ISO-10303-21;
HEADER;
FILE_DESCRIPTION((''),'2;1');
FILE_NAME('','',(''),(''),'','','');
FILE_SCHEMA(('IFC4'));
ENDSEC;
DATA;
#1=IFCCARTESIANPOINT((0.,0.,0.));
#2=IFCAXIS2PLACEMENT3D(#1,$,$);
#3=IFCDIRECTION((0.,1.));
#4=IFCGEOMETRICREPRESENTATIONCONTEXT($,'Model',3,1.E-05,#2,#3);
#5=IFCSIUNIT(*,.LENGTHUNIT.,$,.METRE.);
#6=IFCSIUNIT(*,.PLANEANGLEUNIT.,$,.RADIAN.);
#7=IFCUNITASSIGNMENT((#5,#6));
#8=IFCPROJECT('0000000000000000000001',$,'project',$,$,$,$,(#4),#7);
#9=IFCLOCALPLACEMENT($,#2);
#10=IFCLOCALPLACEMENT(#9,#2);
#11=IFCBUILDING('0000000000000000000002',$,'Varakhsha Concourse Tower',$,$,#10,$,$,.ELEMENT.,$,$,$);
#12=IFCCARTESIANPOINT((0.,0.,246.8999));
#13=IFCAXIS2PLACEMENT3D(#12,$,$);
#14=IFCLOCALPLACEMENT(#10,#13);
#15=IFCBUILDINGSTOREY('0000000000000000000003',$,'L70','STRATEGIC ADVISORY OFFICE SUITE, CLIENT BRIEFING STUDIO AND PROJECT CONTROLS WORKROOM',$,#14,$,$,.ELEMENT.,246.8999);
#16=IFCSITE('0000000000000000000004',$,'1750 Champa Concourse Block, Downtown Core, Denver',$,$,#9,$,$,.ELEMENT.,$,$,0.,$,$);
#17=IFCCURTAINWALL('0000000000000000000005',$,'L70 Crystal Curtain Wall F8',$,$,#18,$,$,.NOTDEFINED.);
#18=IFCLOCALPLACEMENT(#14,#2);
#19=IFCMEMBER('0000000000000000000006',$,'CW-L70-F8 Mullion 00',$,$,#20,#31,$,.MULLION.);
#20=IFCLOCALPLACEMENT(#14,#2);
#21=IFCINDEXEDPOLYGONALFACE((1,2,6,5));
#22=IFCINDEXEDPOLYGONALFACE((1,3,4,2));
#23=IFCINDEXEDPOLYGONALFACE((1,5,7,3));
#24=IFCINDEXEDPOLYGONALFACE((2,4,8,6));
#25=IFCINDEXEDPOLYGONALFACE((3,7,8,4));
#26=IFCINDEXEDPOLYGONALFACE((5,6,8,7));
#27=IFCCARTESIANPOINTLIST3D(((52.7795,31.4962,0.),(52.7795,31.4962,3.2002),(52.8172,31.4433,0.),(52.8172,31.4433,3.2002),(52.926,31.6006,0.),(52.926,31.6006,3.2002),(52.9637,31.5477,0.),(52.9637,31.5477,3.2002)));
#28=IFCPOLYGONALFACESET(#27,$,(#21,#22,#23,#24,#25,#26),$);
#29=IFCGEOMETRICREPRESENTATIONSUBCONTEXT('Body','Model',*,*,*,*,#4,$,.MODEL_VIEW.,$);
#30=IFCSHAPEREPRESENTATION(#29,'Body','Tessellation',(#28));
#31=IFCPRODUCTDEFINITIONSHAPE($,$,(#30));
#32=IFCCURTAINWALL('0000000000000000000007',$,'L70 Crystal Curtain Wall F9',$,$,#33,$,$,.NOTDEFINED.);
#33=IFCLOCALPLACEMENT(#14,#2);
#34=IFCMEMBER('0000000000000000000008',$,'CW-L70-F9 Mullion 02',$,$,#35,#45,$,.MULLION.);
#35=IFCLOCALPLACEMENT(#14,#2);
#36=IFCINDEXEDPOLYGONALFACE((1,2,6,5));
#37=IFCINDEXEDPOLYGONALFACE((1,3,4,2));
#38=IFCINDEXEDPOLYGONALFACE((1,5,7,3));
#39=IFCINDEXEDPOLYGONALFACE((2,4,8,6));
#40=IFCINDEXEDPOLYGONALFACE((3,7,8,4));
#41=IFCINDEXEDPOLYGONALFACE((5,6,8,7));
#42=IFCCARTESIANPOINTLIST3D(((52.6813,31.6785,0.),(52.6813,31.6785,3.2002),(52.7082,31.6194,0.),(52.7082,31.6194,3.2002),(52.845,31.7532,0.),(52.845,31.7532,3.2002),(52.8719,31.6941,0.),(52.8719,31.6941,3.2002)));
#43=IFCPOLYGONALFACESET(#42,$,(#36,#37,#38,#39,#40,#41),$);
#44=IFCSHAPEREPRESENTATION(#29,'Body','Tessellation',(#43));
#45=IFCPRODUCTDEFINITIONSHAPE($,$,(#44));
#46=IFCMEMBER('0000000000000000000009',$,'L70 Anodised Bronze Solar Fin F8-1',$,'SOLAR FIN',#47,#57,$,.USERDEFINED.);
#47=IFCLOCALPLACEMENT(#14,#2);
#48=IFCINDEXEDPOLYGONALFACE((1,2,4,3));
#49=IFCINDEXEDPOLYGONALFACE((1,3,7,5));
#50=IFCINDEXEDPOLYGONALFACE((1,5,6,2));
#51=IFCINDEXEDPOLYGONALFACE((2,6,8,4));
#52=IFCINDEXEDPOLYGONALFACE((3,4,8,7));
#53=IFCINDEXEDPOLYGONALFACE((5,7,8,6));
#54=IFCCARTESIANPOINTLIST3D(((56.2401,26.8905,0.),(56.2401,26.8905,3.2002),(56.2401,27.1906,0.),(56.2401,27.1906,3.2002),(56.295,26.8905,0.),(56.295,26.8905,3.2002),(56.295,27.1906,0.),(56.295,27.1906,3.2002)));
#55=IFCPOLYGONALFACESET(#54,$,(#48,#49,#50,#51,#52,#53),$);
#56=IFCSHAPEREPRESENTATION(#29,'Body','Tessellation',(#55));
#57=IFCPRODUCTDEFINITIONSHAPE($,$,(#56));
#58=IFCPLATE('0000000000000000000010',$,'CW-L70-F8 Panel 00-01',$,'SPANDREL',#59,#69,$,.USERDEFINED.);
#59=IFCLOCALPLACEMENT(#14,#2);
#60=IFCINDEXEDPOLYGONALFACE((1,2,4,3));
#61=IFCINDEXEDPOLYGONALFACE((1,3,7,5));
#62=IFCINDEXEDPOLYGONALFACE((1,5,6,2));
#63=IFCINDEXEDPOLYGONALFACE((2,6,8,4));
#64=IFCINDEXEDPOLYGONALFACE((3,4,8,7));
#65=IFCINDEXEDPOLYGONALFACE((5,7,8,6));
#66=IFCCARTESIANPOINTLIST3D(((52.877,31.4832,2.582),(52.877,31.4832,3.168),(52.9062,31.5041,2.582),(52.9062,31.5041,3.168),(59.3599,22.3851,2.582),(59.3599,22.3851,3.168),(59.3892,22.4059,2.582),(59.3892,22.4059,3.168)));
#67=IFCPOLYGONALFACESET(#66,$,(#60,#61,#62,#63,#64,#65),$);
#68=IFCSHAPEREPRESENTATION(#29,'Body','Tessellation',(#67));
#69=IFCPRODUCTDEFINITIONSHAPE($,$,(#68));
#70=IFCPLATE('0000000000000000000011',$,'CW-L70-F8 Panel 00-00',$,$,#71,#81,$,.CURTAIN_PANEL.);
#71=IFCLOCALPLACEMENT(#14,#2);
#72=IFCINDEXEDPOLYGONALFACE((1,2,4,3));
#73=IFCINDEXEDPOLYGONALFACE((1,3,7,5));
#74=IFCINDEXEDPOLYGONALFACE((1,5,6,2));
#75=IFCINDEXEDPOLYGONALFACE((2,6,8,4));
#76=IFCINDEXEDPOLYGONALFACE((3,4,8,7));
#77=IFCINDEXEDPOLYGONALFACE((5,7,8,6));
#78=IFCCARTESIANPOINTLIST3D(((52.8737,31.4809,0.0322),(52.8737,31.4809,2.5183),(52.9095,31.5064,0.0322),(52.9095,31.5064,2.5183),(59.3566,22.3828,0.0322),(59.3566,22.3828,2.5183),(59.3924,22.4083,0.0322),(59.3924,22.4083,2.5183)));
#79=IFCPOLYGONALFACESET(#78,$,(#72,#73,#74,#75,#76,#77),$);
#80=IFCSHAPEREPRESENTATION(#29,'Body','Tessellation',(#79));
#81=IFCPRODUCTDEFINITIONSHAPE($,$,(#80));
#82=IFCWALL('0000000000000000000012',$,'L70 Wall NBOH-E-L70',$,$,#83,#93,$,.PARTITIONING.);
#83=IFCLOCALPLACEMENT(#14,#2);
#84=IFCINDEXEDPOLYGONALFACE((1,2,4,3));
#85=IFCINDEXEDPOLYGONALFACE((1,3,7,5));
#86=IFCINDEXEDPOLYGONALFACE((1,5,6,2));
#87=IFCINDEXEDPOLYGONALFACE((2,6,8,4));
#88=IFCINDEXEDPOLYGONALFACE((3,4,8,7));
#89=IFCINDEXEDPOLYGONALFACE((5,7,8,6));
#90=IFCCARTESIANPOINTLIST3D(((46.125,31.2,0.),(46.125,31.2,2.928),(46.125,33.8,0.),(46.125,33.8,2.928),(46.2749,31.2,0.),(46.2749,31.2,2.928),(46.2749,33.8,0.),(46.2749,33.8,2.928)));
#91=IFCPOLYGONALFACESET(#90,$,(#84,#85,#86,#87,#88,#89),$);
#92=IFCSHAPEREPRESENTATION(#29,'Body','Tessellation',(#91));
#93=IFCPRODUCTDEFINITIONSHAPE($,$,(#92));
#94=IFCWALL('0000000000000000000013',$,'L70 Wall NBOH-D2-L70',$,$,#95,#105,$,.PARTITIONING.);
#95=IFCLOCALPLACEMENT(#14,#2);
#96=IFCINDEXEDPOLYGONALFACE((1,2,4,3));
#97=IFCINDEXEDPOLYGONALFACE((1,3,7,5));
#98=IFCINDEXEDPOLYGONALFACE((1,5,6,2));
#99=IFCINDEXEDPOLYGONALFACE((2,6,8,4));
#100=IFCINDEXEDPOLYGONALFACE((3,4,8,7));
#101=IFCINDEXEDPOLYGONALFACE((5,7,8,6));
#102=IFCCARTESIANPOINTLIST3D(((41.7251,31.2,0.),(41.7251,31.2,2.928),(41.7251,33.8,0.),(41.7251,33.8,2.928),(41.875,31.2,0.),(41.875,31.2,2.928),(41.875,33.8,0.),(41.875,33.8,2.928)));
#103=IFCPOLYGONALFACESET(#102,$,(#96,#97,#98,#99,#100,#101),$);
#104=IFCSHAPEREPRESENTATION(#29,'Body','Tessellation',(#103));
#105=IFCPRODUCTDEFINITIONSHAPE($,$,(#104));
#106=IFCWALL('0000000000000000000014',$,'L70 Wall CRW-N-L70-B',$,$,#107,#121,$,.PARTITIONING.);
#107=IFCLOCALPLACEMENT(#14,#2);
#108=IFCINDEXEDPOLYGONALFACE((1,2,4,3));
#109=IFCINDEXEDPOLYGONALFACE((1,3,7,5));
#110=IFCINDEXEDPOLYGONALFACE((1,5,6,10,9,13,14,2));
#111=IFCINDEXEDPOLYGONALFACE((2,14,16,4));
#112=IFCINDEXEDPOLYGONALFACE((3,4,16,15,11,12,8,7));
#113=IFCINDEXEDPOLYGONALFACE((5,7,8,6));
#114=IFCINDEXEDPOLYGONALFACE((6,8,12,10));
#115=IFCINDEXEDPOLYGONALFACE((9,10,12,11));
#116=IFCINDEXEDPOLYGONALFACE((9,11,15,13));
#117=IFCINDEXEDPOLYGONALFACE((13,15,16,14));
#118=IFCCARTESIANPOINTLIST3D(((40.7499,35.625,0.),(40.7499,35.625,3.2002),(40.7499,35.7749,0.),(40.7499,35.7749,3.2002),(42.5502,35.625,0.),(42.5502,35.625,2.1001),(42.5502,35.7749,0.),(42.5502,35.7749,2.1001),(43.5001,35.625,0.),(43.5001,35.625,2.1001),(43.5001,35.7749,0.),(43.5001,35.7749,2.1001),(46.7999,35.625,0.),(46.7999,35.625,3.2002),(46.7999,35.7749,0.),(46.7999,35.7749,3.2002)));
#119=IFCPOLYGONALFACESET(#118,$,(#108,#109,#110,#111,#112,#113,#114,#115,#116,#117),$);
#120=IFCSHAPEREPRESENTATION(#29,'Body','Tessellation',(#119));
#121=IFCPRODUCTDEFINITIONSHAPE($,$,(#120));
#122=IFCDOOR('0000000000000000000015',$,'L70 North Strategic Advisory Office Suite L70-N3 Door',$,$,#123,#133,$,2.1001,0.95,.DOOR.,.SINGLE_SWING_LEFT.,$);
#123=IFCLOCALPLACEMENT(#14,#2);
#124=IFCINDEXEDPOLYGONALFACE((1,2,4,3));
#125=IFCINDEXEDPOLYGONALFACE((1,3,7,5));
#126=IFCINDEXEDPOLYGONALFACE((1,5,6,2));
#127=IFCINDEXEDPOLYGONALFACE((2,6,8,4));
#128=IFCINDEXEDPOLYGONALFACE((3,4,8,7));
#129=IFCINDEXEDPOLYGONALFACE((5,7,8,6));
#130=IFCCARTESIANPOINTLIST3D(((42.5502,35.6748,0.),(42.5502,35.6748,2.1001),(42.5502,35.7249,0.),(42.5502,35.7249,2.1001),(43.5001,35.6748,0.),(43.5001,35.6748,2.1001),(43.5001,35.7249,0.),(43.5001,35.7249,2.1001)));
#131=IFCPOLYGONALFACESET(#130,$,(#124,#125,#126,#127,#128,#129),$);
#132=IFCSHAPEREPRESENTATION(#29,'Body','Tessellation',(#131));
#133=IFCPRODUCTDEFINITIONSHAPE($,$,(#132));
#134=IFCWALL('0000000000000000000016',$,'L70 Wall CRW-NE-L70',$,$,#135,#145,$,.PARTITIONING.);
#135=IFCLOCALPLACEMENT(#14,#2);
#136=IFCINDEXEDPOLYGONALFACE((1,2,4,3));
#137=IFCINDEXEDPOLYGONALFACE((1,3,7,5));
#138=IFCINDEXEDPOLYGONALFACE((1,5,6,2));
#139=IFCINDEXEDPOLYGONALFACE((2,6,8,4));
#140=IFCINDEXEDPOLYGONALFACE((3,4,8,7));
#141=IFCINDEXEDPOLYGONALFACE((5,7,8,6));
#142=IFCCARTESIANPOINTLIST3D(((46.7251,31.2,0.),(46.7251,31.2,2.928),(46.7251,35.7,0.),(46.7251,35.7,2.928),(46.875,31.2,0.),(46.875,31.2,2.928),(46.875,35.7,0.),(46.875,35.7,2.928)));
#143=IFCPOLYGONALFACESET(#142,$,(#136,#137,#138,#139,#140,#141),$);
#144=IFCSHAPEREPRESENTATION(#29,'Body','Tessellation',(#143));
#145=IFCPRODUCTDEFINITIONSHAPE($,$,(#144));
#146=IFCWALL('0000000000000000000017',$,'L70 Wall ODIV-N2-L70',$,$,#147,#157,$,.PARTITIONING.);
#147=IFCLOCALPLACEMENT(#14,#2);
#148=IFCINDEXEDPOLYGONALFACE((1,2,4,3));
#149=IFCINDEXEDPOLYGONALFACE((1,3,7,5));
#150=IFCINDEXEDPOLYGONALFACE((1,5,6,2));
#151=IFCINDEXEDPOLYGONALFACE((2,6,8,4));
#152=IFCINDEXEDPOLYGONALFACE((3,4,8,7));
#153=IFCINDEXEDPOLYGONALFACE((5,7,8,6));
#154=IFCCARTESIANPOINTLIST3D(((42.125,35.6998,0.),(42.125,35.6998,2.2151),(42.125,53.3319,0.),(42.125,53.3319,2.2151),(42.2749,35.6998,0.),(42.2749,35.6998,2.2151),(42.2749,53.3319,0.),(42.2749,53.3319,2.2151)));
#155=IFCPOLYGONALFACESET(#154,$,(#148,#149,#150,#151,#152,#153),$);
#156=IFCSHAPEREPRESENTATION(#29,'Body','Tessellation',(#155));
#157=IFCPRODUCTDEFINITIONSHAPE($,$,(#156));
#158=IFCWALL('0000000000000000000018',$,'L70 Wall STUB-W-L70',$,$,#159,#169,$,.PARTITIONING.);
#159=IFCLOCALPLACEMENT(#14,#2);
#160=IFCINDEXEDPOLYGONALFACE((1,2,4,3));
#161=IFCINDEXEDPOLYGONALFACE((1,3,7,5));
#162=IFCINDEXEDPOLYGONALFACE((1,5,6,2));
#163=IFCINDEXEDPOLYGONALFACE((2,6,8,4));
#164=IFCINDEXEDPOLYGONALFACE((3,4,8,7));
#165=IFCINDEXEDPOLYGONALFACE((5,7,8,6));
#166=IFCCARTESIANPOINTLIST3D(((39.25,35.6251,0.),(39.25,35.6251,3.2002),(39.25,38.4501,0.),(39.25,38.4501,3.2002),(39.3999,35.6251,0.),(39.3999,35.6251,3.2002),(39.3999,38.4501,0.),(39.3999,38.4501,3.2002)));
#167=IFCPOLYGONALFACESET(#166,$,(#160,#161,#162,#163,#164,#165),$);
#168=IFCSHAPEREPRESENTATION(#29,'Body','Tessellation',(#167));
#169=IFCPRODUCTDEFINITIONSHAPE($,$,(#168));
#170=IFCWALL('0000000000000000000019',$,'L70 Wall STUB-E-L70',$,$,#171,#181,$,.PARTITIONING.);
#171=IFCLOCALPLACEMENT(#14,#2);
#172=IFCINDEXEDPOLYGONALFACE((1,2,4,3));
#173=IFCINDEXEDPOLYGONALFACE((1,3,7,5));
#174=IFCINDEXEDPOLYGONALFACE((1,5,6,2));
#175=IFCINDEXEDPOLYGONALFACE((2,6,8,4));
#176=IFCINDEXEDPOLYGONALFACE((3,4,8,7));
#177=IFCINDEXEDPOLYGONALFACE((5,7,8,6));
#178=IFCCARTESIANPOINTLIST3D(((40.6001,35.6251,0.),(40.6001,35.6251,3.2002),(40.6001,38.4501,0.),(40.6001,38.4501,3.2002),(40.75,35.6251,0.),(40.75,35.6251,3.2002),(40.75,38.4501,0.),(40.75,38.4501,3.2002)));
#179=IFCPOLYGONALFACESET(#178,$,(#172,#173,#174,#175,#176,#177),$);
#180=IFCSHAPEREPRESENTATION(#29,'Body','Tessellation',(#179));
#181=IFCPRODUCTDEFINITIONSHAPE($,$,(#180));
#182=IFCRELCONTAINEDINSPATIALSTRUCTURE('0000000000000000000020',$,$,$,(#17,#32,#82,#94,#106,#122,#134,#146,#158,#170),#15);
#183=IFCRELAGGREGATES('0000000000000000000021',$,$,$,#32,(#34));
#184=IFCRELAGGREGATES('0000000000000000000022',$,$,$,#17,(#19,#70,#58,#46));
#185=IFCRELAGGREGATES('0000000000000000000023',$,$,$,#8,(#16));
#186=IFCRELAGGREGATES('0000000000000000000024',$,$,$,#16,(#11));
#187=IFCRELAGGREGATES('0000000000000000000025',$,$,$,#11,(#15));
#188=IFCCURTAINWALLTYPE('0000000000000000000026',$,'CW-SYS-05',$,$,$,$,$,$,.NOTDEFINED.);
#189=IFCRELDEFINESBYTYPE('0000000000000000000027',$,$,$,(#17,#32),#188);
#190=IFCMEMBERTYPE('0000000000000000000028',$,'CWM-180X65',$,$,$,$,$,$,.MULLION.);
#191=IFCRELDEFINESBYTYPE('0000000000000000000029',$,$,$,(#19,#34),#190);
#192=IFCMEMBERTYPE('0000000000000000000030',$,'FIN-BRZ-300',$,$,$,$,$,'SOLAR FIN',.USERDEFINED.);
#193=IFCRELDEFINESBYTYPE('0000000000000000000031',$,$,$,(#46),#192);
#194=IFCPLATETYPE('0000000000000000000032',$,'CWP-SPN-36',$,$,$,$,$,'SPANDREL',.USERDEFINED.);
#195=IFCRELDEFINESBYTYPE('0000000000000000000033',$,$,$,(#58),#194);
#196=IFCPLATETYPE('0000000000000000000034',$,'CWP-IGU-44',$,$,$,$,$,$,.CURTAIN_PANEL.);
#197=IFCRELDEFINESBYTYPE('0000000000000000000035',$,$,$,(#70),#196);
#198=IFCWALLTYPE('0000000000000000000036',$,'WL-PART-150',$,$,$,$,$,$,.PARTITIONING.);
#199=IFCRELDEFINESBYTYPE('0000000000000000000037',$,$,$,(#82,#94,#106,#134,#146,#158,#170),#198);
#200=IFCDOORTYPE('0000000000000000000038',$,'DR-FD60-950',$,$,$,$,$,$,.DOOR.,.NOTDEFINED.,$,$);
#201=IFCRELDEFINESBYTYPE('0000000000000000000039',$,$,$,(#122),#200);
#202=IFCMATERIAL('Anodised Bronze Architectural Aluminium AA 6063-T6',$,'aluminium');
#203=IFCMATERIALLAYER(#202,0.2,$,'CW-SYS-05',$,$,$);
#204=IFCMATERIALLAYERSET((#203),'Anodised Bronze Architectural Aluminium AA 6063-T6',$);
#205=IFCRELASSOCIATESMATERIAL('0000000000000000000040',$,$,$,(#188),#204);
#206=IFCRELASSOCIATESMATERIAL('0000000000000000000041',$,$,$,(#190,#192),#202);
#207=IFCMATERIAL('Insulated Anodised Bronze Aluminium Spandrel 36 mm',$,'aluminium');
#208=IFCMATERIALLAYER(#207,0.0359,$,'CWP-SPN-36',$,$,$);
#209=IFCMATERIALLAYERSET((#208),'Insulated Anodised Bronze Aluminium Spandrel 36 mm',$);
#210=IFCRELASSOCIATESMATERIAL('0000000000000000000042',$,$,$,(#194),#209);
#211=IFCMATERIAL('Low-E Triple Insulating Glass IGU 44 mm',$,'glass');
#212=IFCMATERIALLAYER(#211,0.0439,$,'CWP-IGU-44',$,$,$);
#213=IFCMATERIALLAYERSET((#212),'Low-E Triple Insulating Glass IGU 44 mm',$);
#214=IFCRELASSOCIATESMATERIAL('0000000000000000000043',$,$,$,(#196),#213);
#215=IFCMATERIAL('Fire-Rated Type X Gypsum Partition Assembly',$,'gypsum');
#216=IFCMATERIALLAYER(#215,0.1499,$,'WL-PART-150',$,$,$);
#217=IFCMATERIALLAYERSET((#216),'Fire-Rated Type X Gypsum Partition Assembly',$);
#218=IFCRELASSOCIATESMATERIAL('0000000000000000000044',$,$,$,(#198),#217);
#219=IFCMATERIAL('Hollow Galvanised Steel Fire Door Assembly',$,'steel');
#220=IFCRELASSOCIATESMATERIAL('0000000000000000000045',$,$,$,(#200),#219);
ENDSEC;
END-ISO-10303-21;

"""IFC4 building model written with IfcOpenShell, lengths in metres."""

from ifc_helpers import new_model, si_unit, direction, frame, frame_2d, origin, origin_2d, place, context, subcontext, project, spatial, rectangle, extrude, source, transform, mapped, material, layer, layer_set, material_profile, profile_set, type_object, type_shapes, element, fill, aggregate, save


model = new_model("IFC4")

# Units and contexts
model_context = context("Model", 3, precision=1e-05, world=origin(), true_north=direction((0.0, 1.0)))
body_context = subcontext(model_context, "Body", "Model", "MODEL_VIEW")
ifc_project = project(units=[si_unit("LENGTHUNIT", "METRE"), si_unit("PLANEANGLEUNIT", "RADIAN")], contexts=[model_context])

# Site, building, storey
site_placement = place(None, origin())
site = spatial("IfcSite", under=ifc_project, at=site_placement, Name="1750 Champa Concourse Block, Downtown Core, Denver", CompositionType="ELEMENT", RefElevation=0.0)
building_placement = place(site_placement, origin())
building = spatial("IfcBuilding", under=site, at=building_placement, Name="Varakhsha Concourse Tower", CompositionType="ELEMENT")
storey_placement = place(building_placement, frame((0.0, 0.0, 246.8999)))
storey = spatial("IfcBuildingStorey", under=building, at=storey_placement, Name="L70", Description="STRATEGIC ADVISORY OFFICE SUITE, CLIENT BRIEFING STUDIO AND PROJECT CONTROLS WORKROOM", CompositionType="ELEMENT", Elevation=246.8999)

# Curtain wall, member
ifc_material_1 = material(Name="Anodised Bronze Architectural Aluminium AA 6063-T6", Category="aluminium")
ifc_layer_1 = layer(ifc_material_1, 0.2, Name="CW-SYS-05")
ifc_layer_set_1 = layer_set([ifc_layer_1], Name="Anodised Bronze Architectural Aluminium AA 6063-T6")
curtain_wall_type = type_object("IfcCurtainWallType", Name="CW-SYS-05", PredefinedType="NOTDEFINED", material=ifc_layer_set_1)
curtain_wall_1_placement = place(storey_placement, origin())
curtain_wall_1 = element("IfcCurtainWall", 1, at=curtain_wall_1_placement, inside=storey, type_object=curtain_wall_type, Name="L70 Crystal Curtain Wall F8", PredefinedType="NOTDEFINED")
ifc_material_profile_1 = material_profile(ifc_material_1, rectangle(XDim=0.0649, YDim=0.1799, at=origin_2d()), Name="CWM-180X65")
ifc_profile_set_1 = profile_set([ifc_material_profile_1], Name="Anodised Bronze Architectural Aluminium AA 6063-T6")
member_type_1 = type_object("IfcMemberType", Name="CWM-180X65", PredefinedType="MULLION", material=ifc_profile_set_1)
shared_shape_1 = source(origin(), body_context, "Body", "SweptSolid", [
    extrude(rectangle(XDim=0.0649, YDim=0.1799, at=origin_2d()), origin(), (0.0, 0.0, 1.0), 3.2002),
])
type_shapes(member_type_1, [shared_shape_1])
member_1_placement = place(storey_placement, frame((52.8716, 31.522, 0.0), z_axis=(0.0, 0.0, 1.0), x_axis=(0.580306, -0.814398, 0.0)))
member_1 = element("IfcMember", 2, at=member_1_placement, type_object=member_type_1, Name="CW-L70-F8 Mullion 00", PredefinedType="MULLION", context=body_context, shape_type="MappedRepresentation", body=[
    mapped(shared_shape_1, transform((0.0, 0.0, 0.0), scale=1.0)),
])

# Curtain wall, member
curtain_wall_2_placement = place(storey_placement, origin())
curtain_wall_2 = element("IfcCurtainWall", 3, at=curtain_wall_2_placement, inside=storey, type_object=curtain_wall_type, Name="L70 Crystal Curtain Wall F9", PredefinedType="NOTDEFINED")
member_2_placement = place(storey_placement, frame((52.7766, 31.6863, 0.0), z_axis=(0.0, 0.0, 1.0), x_axis=(0.415133, -0.909761, 0.0)))
member_2 = element("IfcMember", 4, at=member_2_placement, type_object=member_type_1, Name="CW-L70-F9 Mullion 02", PredefinedType="MULLION", context=body_context, shape_type="MappedRepresentation", body=[
    mapped(shared_shape_1, transform((0.0, 0.0, 0.0), scale=1.0)),
])
aggregate(curtain_wall_2, [member_2])

# Member
ifc_material_profile_2 = material_profile(ifc_material_1, rectangle(XDim=0.0549, YDim=0.3, at=origin_2d()), Name="FIN-BRZ-300")
ifc_profile_set_2 = profile_set([ifc_material_profile_2], Name="Anodised Bronze Architectural Aluminium AA 6063-T6")
member_type_2 = type_object("IfcMemberType", Name="FIN-BRZ-300", ElementType="SOLAR FIN", PredefinedType="USERDEFINED", material=ifc_profile_set_2)
shared_shape_2 = source(origin(), body_context, "Body", "SweptSolid", [
    extrude(rectangle(XDim=0.0549, YDim=0.3, at=origin_2d()), origin(), (0.0, 0.0, 1.0), 3.2002),
])
type_shapes(member_type_2, [shared_shape_2])
member_3_placement = place(storey_placement, frame((56.2676, 27.0405, 0.0), z_axis=(0.0, 0.0, 1.0), x_axis=(1.0, 0.0, 0.0)))
member_3 = element("IfcMember", 5, at=member_3_placement, type_object=member_type_2, Name="L70 Anodised Bronze Solar Fin F8-1", ObjectType="SOLAR FIN", PredefinedType="USERDEFINED", context=body_context, shape_type="MappedRepresentation", body=[
    mapped(shared_shape_2, transform((0.0, 0.0, 0.0), scale=1.0)),
])

# Plates
ifc_material_2 = material(Name="Insulated Anodised Bronze Aluminium Spandrel 36 mm", Category="aluminium")
ifc_layer_2 = layer(ifc_material_2, 0.0359, Name="CWP-SPN-36")
ifc_layer_set_2 = layer_set([ifc_layer_2], Name="Insulated Anodised Bronze Aluminium Spandrel 36 mm")
plate_type_1 = type_object("IfcPlateType", Name="CWP-SPN-36", ElementType="SPANDREL", PredefinedType="USERDEFINED", material=ifc_layer_set_2)
shared_shape_3 = source(origin(), body_context, "Body", "SweptSolid", [
    extrude(rectangle(XDim=11.1716, YDim=0.0359, at=origin_2d()), origin(), (0.0, 0.0, 1.0), 0.5859),
])
type_shapes(plate_type_1, [shared_shape_3])
plate_1_placement = place(storey_placement, frame((56.1331, 26.9446, 2.582), z_axis=(0.0, 0.0, 1.0), x_axis=(0.580306, -0.814398, 0.0)))
plate_1 = element("IfcPlate", 6, at=plate_1_placement, type_object=plate_type_1, Name="CW-L70-F8 Panel 00-01", ObjectType="SPANDREL", PredefinedType="USERDEFINED", context=body_context, shape_type="MappedRepresentation", body=[
    mapped(shared_shape_3, transform((0.0, 0.0, 0.0), scale=1.0)),
])
ifc_material_3 = material(Name="Low-E Triple Insulating Glass IGU 44 mm", Category="glass")
ifc_layer_3 = layer(ifc_material_3, 0.0439, Name="CWP-IGU-44")
ifc_layer_set_3 = layer_set([ifc_layer_3], Name="Low-E Triple Insulating Glass IGU 44 mm")
plate_type_2 = type_object("IfcPlateType", Name="CWP-IGU-44", PredefinedType="CURTAIN_PANEL", material=ifc_layer_set_3)
shared_shape_4 = source(origin(), body_context, "Body", "SweptSolid", [
    extrude(rectangle(XDim=11.1716, YDim=0.0439, at=origin_2d()), origin(), (0.0, 0.0, 1.0), 2.4861),
])
type_shapes(plate_type_2, [shared_shape_4])
plate_2_placement = place(storey_placement, frame((56.1331, 26.9446, 0.0322), z_axis=(0.0, 0.0, 1.0), x_axis=(0.580306, -0.814398, 0.0)))
plate_2 = element("IfcPlate", 7, at=plate_2_placement, type_object=plate_type_2, Name="CW-L70-F8 Panel 00-00", PredefinedType="CURTAIN_PANEL", context=body_context, shape_type="MappedRepresentation", body=[
    mapped(shared_shape_4, transform((0.0, 0.0, 0.0), scale=1.0)),
])
aggregate(curtain_wall_1, [member_1, plate_2, plate_1, member_3])

# Walls
ifc_material_4 = material(Name="Fire-Rated Type X Gypsum Partition Assembly", Category="gypsum")
ifc_layer_4 = layer(ifc_material_4, 0.1499, Name="WL-PART-150")
ifc_layer_set_4 = layer_set([ifc_layer_4], Name="Fire-Rated Type X Gypsum Partition Assembly")
wall_type_1 = type_object("IfcWallType", Name="WL-PART-150", PredefinedType="PARTITIONING", material=ifc_layer_set_4)
for number, where, z_axis, x_axis, name in (
    (8, (46.2, 31.2, 0.0), (0.0, 0.0, 1.0), (0.0, 1.0, 0.0), "L70 Wall NBOH-E-L70"),
    (9, (41.8, 31.2, 0.0), (0.0, 0.0, 1.0), (0.0, 1.0, 0.0), "L70 Wall NBOH-D2-L70"),
):
    element("IfcWall", number, at=place(storey_placement, frame(where, z_axis=z_axis, x_axis=x_axis)), inside=storey, type_object=wall_type_1, Name=name, PredefinedType="PARTITIONING", context=body_context, shape_type="SweptSolid", body=[
        extrude(rectangle(XDim=2.6001, YDim=0.1499, at=frame_2d((1.3, 0.0))), origin(), (0.0, 0.0, 1.0), 2.928),
    ])

# Wall, opening, door
wall_1_placement = place(storey_placement, frame((40.75, 35.7, 0.0), z_axis=(0.0, 0.0, 1.0), x_axis=(1.0, 0.0, 0.0)))
wall_1 = element("IfcWall", 10, at=wall_1_placement, inside=storey, type_object=wall_type_1, Name="L70 Wall CRW-N-L70-B", PredefinedType="PARTITIONING", context=body_context, shape_type="SweptSolid", body=[
    extrude(rectangle(XDim=6.05, YDim=0.1499, at=frame_2d((3.0249, 0.0))), origin(), (0.0, 0.0, 1.0), 3.2002),
])
opening_placement = place(wall_1_placement, frame((1.8, 0.0, 0.0)))
opening = element("IfcOpeningElement", 11, at=opening_placement, cuts=wall_1, PredefinedType="OPENING", context=body_context, shape_type="SweptSolid", body=[
    extrude(rectangle(XDim=0.95, YDim=2.1001, at=frame_2d((0.4751, 1.05))), frame((0.0, 0.085, 0.0), z_axis=(0.0, -1.0, 0.0), x_axis=(1.0, 0.0, 0.0)), (0.0, 0.0, 1.0), 0.1699),
])
ifc_material_5 = material(Name="Hollow Galvanised Steel Fire Door Assembly", Category="steel")
door_type = type_object("IfcDoorType", Name="DR-FD60-950", OperationType="NOTDEFINED", PredefinedType="DOOR", material=ifc_material_5)
door_placement = place(opening_placement, origin())
door = element("IfcDoor", 12, at=door_placement, inside=storey, type_object=door_type, Name="L70 North Strategic Advisory Office Suite L70-N3 Door", OperationType="SINGLE_SWING_LEFT", OverallHeight=2.1001, OverallWidth=0.95, PredefinedType="DOOR", context=body_context, shape_type="SweptSolid", body=[
    extrude(rectangle(XDim=0.95, YDim=2.1001, at=frame_2d((0.4751, 1.05))), frame((0.0, 0.0249, 0.0), z_axis=(0.0, -1.0, 0.0), x_axis=(1.0, 0.0, 0.0)), (0.0, 0.0, 1.0), 0.05),
])
fill(opening, door)

# Walls
wall_2_placement = place(storey_placement, frame((46.8, 31.2, 0.0), z_axis=(0.0, 0.0, 1.0), x_axis=(0.0, 1.0, 0.0)))
element("IfcWall", 13, at=wall_2_placement, inside=storey, type_object=wall_type_1, Name="L70 Wall CRW-NE-L70", PredefinedType="PARTITIONING", context=body_context, shape_type="SweptSolid", body=[
    extrude(rectangle(XDim=4.5, YDim=0.1499, at=frame_2d((2.25, 0.0))), origin(), (0.0, 0.0, 1.0), 2.928),
])
wall_3_placement = place(storey_placement, frame((42.2, 35.7, 0.0), z_axis=(0.0, 0.0, 1.0), x_axis=(0.0, 1.0, 0.0)))
element("IfcWall", 14, at=wall_3_placement, inside=storey, type_object=wall_type_1, Name="L70 Wall ODIV-N2-L70", PredefinedType="PARTITIONING", context=body_context, shape_type="SweptSolid", body=[
    extrude(rectangle(XDim=17.6321, YDim=0.1499, at=frame_2d((8.8159, 0.0))), origin(), (0.0, 0.0, 1.0), 2.2151),
])
for number, where, z_axis, x_axis, name in (
    (15, (39.325, 35.625, 0.0), (0.0, 0.0, 1.0), (0.0, 1.0, 0.0), "L70 Wall STUB-W-L70"),
    (16, (40.675, 35.625, 0.0), (0.0, 0.0, 1.0), (0.0, 1.0, 0.0), "L70 Wall STUB-E-L70"),
):
    element("IfcWall", number, at=place(storey_placement, frame(where, z_axis=z_axis, x_axis=x_axis)), inside=storey, type_object=wall_type_1, Name=name, PredefinedType="PARTITIONING", context=body_context, shape_type="SweptSolid", body=[
        extrude(rectangle(XDim=2.825, YDim=0.1499, at=frame_2d((1.4126, 0.0))), origin(), (0.0, 0.0, 1.0), 3.2002),
    ])

save(model, "model.ifc")
